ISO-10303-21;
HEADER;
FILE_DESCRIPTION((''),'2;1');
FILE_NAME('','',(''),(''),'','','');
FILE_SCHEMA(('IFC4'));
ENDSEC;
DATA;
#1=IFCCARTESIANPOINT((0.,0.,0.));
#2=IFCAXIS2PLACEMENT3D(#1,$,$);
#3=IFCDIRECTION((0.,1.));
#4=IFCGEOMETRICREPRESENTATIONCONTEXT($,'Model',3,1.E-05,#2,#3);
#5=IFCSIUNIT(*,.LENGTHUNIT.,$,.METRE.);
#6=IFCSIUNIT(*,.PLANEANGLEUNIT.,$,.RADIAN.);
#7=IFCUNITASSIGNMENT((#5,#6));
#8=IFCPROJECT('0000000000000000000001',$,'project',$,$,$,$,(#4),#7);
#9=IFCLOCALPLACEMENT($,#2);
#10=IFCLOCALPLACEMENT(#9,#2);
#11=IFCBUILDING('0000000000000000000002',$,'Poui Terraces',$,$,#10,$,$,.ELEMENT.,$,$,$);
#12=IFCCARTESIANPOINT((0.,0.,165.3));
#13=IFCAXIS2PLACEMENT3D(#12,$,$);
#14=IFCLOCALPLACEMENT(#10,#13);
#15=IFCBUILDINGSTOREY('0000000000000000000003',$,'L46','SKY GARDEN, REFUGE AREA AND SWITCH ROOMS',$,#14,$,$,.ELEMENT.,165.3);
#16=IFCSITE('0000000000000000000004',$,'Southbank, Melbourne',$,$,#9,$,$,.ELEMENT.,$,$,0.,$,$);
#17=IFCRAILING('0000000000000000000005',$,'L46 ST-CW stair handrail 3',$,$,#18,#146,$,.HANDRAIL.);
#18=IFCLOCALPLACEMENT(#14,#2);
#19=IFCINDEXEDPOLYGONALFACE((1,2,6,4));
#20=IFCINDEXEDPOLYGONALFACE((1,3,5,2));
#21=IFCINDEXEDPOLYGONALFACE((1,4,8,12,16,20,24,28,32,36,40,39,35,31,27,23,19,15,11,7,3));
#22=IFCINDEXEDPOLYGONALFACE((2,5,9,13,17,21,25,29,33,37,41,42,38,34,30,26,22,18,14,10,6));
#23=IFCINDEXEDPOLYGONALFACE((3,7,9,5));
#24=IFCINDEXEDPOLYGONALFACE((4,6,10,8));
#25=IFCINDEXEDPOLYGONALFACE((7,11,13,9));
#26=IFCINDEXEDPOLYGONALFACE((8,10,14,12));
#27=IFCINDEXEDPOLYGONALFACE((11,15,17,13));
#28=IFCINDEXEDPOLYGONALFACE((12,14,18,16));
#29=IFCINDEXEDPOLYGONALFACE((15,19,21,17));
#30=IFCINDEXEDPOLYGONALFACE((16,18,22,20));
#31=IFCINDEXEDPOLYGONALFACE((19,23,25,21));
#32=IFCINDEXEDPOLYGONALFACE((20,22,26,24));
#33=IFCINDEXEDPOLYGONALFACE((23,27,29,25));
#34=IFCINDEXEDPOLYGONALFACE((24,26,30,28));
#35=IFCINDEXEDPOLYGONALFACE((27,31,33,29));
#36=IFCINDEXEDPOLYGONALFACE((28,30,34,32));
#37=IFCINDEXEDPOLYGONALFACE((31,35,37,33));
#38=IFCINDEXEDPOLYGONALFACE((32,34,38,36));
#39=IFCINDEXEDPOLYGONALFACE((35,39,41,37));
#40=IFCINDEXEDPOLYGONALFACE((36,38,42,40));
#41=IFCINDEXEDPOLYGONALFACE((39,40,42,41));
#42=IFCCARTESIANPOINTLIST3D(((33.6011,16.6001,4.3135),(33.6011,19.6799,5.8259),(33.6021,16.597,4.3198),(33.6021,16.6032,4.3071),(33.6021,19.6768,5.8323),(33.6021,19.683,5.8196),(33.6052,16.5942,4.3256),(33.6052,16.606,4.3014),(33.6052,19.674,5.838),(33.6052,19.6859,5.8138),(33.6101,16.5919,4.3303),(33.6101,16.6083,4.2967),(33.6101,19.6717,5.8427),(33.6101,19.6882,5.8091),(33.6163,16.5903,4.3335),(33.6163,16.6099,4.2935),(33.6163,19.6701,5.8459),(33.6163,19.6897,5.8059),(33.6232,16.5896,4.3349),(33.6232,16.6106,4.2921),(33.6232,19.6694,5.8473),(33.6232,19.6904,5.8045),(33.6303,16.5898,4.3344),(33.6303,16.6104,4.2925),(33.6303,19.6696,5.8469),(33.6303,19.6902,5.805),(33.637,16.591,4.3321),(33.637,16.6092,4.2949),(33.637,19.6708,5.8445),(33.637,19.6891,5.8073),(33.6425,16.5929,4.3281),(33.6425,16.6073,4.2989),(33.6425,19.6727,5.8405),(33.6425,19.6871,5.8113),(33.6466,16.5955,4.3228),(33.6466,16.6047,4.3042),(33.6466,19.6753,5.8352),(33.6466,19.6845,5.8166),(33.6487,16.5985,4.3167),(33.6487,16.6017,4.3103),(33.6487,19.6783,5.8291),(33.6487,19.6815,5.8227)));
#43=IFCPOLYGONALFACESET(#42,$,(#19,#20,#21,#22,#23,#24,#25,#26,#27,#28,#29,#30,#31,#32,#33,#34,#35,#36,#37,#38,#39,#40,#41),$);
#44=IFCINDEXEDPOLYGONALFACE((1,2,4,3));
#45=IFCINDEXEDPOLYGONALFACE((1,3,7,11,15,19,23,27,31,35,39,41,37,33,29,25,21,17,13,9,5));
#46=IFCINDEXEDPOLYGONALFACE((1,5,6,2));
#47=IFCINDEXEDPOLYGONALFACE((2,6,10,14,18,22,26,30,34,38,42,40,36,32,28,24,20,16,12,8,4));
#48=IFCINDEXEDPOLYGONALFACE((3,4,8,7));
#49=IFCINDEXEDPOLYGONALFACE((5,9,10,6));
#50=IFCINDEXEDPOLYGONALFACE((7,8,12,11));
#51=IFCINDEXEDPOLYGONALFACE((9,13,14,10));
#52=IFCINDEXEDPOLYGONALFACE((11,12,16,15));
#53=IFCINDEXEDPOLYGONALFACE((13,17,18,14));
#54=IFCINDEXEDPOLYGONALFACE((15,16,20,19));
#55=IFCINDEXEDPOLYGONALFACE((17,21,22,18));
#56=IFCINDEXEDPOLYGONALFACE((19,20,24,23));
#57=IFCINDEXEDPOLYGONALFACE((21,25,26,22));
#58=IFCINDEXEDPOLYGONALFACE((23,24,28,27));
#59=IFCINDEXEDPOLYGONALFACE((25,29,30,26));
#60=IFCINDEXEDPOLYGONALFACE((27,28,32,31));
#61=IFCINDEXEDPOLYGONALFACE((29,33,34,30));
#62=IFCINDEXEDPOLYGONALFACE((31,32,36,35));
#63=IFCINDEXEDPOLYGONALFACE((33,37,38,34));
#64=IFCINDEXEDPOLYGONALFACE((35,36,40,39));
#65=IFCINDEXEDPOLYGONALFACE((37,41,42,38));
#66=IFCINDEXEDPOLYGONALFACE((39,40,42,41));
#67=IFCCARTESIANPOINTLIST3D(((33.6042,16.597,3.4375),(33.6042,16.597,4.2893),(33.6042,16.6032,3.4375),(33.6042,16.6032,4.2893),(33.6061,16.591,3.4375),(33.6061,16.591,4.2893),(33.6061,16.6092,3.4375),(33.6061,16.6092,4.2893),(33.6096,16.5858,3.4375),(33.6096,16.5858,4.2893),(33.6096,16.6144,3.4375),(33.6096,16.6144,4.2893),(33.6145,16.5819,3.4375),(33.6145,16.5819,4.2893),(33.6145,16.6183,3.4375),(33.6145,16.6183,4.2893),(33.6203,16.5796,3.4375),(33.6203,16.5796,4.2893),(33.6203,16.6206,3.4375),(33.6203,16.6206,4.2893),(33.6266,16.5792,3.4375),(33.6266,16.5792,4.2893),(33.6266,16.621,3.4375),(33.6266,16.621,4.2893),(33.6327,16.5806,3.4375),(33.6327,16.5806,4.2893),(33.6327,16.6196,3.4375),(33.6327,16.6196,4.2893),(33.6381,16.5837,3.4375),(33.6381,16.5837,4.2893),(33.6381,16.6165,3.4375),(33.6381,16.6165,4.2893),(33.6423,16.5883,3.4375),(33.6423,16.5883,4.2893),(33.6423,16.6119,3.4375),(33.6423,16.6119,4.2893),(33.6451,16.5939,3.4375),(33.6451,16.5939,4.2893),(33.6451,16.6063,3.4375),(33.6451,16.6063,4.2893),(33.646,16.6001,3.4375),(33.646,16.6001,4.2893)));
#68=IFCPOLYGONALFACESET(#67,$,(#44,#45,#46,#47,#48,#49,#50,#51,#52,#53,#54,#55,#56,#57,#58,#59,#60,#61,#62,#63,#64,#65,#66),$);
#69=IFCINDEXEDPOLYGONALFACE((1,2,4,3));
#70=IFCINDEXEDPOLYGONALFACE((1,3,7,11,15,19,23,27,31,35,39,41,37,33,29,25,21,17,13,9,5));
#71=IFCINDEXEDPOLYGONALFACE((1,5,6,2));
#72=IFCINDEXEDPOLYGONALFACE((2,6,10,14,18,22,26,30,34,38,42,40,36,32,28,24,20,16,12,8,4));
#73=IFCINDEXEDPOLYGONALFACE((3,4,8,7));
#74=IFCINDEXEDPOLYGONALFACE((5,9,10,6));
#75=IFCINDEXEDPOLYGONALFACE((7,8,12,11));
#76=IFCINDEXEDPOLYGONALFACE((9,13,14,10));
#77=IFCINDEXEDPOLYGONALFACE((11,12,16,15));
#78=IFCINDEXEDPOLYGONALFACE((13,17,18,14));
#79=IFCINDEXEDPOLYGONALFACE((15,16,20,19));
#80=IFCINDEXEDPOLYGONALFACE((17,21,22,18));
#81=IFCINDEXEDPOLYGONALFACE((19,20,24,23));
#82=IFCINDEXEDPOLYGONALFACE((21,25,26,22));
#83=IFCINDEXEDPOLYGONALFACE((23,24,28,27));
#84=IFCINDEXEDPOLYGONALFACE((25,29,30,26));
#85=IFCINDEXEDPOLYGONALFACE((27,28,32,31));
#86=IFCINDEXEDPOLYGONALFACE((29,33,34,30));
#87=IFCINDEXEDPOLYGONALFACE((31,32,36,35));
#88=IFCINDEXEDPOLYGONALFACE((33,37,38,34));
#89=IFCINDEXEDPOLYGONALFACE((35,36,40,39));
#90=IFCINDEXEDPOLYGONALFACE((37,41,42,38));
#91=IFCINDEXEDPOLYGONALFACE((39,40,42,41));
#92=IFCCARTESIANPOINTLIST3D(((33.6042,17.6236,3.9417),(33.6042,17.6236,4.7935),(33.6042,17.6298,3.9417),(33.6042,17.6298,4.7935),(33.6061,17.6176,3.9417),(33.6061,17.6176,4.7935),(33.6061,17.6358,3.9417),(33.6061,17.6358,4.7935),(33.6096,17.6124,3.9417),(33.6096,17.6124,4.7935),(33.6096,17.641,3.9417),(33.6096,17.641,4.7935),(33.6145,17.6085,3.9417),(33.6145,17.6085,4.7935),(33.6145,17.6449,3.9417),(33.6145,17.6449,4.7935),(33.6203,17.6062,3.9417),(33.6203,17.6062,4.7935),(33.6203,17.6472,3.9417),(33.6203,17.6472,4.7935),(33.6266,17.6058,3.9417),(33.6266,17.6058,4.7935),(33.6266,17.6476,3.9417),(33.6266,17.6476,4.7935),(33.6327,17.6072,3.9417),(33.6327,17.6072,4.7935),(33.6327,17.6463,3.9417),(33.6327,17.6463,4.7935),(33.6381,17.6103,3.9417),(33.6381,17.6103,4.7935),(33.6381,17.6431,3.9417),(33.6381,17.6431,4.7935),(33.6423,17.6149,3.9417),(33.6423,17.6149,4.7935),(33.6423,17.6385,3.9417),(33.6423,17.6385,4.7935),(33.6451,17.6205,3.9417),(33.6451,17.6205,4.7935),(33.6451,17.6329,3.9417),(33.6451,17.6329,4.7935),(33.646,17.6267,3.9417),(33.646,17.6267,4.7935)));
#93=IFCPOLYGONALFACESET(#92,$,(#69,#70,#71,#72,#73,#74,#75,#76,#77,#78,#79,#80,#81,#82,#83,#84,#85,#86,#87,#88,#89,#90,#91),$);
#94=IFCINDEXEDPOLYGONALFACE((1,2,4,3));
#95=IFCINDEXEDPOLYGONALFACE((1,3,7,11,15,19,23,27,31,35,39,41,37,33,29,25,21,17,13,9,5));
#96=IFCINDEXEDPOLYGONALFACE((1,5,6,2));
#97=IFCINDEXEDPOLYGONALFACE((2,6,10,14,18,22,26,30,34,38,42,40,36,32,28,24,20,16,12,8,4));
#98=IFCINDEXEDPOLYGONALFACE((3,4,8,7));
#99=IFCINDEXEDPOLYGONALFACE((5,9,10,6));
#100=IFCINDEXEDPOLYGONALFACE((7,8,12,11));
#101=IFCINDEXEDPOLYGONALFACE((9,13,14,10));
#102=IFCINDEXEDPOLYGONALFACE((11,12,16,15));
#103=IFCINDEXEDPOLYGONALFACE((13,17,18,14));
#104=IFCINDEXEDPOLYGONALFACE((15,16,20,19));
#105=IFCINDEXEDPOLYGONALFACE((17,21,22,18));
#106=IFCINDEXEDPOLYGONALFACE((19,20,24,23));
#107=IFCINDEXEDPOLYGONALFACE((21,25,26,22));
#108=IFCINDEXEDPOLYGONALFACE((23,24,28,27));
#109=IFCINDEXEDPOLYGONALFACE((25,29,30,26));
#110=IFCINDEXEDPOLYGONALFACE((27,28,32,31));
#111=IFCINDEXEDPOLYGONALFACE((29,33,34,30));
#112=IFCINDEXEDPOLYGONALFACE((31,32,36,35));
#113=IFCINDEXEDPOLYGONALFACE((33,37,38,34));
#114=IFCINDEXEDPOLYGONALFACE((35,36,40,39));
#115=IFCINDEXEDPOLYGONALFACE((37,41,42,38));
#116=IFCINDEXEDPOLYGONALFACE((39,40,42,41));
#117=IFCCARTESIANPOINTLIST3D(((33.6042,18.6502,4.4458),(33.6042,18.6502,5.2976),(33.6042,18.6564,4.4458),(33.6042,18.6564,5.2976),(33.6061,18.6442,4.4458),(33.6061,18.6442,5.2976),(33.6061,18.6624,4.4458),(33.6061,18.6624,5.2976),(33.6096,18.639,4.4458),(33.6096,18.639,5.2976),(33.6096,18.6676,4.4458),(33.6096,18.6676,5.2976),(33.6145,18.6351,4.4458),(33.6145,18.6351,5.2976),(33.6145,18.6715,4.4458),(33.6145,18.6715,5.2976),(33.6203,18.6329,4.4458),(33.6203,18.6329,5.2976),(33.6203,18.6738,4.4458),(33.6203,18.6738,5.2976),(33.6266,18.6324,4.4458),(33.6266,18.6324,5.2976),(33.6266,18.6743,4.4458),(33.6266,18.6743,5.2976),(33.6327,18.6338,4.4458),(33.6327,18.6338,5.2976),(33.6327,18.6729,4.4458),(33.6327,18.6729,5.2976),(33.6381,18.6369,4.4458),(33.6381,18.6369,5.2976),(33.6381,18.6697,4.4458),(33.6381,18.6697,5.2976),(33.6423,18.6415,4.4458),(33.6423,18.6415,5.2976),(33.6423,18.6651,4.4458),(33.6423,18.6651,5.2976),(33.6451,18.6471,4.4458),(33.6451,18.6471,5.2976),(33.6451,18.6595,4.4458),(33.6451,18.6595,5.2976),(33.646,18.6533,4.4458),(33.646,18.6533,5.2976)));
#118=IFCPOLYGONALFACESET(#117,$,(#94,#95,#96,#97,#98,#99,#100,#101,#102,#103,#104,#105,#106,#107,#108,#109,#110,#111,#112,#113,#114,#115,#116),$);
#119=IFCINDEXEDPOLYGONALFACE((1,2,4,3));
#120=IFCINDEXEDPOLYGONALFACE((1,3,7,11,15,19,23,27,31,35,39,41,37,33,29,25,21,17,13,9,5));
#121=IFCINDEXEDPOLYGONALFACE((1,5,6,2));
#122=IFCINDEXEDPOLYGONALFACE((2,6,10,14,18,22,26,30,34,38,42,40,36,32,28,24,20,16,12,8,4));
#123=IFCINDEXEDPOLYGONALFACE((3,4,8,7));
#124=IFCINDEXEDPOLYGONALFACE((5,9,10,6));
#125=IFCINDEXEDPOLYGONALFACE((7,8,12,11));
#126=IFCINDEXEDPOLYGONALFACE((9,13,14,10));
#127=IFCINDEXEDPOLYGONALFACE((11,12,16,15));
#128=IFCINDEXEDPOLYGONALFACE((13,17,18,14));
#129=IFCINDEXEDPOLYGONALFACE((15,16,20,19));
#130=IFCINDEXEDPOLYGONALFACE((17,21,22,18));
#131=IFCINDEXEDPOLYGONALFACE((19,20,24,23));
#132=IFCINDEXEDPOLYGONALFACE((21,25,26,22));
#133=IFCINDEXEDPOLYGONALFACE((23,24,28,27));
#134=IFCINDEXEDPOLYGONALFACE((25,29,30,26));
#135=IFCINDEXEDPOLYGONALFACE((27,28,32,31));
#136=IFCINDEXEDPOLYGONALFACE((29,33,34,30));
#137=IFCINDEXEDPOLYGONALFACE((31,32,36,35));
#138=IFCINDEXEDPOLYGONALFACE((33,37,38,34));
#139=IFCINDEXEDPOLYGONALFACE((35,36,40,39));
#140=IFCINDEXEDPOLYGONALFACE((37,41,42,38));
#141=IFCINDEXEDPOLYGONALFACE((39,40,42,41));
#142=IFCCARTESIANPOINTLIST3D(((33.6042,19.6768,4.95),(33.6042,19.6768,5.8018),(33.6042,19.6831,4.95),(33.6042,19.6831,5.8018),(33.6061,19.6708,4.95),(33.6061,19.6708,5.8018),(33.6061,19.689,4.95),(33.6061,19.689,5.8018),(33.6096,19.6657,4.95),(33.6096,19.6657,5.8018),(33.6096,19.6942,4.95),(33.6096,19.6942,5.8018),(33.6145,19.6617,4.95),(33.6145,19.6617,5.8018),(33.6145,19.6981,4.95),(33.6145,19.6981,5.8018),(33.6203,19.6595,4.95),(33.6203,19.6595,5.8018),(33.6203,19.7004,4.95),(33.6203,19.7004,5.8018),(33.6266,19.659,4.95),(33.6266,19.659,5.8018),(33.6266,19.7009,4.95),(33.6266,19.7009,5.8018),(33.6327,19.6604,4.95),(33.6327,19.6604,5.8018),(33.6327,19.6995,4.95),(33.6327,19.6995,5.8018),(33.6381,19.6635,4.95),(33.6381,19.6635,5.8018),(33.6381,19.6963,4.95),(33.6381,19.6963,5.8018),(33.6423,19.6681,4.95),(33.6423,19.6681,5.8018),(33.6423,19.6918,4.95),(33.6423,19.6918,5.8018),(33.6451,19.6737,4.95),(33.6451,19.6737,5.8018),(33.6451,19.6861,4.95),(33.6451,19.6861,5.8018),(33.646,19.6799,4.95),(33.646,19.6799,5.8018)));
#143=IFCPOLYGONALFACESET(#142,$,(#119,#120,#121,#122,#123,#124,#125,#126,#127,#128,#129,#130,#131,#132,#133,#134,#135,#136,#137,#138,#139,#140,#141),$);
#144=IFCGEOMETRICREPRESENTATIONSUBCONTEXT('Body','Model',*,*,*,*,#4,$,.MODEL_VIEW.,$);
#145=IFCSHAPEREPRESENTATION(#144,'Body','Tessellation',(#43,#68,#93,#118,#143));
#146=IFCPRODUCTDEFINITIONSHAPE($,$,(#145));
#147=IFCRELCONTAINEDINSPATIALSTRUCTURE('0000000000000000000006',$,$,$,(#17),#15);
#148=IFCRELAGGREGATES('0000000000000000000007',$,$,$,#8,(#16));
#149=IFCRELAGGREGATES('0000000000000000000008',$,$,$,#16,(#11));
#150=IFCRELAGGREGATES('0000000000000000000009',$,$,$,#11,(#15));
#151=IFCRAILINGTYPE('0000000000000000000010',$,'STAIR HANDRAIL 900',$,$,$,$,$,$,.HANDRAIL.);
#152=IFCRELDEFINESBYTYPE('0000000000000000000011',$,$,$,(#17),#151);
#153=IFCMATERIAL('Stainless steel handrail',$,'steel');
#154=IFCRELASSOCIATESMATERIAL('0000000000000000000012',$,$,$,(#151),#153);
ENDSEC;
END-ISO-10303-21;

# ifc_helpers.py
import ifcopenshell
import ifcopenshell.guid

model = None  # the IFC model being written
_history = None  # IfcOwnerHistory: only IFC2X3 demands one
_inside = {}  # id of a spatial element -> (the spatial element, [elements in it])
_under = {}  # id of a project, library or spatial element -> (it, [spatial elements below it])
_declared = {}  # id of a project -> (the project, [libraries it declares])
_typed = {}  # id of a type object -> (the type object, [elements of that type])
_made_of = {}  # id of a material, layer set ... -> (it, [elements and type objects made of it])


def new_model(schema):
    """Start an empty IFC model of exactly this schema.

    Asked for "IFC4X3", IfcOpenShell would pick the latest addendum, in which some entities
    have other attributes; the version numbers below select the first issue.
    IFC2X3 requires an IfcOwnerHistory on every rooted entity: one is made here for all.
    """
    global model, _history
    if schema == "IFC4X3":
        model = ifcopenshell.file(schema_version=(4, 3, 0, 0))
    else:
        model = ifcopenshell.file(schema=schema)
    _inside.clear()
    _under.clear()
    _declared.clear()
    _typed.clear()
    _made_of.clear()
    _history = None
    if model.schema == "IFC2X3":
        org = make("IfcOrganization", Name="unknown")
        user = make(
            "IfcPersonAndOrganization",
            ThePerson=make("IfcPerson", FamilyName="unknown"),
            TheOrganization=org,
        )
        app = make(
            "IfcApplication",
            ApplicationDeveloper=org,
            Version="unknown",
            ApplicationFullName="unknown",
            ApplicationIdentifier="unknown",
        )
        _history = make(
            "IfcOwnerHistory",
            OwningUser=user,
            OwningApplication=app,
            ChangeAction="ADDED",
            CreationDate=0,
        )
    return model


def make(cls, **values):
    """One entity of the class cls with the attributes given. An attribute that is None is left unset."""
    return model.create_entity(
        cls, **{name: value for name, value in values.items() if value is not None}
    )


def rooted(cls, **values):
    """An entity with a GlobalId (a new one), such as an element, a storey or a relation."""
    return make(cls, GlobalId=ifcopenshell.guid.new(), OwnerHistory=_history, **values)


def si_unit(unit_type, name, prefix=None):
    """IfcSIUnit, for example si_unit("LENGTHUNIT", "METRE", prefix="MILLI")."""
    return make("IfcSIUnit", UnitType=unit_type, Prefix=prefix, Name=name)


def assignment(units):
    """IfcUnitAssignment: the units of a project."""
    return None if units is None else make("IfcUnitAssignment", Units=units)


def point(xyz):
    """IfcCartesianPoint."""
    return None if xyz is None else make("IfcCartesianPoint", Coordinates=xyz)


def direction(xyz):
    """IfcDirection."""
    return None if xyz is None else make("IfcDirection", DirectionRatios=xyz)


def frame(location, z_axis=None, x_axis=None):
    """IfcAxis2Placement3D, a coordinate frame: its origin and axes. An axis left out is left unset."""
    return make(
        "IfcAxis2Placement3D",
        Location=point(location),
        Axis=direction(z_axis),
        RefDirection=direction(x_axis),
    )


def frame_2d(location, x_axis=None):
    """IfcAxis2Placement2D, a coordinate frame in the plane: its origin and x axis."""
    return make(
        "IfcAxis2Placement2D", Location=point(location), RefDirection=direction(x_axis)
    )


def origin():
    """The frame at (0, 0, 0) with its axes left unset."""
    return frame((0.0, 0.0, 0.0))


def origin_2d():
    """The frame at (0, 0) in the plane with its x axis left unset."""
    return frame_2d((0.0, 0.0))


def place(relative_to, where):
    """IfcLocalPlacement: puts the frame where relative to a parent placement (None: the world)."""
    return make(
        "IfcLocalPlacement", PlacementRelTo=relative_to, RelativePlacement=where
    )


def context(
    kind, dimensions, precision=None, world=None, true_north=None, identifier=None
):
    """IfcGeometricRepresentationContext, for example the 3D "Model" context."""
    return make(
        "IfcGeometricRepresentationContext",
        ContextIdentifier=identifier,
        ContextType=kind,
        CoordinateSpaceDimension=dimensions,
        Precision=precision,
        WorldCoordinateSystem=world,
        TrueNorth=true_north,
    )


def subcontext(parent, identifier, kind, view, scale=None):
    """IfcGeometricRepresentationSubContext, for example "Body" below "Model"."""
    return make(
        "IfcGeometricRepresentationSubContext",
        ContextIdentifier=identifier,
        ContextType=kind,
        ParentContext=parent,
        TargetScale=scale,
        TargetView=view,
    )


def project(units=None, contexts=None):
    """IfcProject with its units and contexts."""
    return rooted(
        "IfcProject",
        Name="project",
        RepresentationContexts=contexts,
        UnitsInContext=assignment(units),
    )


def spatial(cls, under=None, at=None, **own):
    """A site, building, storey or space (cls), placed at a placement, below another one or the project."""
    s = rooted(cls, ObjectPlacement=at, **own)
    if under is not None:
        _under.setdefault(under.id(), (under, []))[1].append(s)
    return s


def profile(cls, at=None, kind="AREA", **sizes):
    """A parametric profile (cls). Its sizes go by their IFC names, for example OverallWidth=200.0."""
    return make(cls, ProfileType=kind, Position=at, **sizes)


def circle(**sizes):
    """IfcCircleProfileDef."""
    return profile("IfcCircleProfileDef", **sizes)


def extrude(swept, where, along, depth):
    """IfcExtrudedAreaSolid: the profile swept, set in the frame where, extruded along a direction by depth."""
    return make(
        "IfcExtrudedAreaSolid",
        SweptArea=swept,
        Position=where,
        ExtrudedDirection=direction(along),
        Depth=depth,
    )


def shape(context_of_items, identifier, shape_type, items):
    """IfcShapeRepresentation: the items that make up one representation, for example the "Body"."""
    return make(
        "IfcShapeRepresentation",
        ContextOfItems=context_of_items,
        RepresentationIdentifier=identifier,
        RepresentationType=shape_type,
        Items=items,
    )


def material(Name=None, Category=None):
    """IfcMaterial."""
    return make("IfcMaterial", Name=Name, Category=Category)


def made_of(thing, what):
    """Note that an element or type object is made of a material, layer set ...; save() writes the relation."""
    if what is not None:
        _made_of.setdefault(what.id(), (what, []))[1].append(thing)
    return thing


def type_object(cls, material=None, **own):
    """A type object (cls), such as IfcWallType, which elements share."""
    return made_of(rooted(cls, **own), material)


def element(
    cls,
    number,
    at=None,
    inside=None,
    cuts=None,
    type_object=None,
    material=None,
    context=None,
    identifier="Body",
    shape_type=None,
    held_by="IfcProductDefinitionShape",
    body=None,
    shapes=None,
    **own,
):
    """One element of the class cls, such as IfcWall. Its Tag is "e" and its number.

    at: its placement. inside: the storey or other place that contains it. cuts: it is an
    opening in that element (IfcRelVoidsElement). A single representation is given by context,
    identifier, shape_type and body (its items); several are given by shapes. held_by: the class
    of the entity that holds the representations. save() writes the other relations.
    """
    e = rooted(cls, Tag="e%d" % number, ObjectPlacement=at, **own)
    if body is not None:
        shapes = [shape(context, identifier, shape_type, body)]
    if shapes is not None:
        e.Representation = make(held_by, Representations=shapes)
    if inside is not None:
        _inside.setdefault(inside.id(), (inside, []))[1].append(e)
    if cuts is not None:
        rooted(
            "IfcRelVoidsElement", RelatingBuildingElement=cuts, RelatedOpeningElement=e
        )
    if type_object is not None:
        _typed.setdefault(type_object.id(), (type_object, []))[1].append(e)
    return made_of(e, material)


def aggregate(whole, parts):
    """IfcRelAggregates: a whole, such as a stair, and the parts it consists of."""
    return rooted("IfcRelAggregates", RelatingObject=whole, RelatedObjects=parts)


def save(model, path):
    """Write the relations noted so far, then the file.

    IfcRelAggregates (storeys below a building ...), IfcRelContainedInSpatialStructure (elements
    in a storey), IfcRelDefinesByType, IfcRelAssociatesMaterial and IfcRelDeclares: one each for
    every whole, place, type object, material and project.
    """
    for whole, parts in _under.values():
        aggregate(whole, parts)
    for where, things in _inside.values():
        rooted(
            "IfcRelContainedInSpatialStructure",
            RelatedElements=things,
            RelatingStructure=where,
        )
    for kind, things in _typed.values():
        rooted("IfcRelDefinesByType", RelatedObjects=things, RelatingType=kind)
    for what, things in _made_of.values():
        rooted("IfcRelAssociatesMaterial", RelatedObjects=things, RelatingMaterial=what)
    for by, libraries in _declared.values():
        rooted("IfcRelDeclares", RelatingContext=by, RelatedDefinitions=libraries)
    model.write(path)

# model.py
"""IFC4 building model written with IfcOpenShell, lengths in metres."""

from ifc_helpers import new_model, si_unit, direction, frame, origin, origin_2d, place, context, subcontext, project, spatial, circle, extrude, material, type_object, element, save


model = new_model("IFC4")

# Units and contexts
model_context = context("Model", 3, precision=1e-05, world=origin(), true_north=direction((0.0, 1.0)))
body_context = subcontext(model_context, "Body", "Model", "MODEL_VIEW")
ifc_project = project(units=[si_unit("LENGTHUNIT", "METRE"), si_unit("PLANEANGLEUNIT", "RADIAN")], contexts=[model_context])

# Site, building, storey
site_placement = place(None, origin())
site = spatial("IfcSite", under=ifc_project, at=site_placement, Name="Southbank, Melbourne", CompositionType="ELEMENT", RefElevation=0.0)
building_placement = place(site_placement, origin())
building = spatial("IfcBuilding", under=site, at=building_placement, Name="Poui Terraces", CompositionType="ELEMENT")
storey_placement = place(building_placement, frame((0.0, 0.0, 165.3)))
storey = spatial("IfcBuildingStorey", under=building, at=storey_placement, Name="L46", Description="SKY GARDEN, REFUGE AREA AND SWITCH ROOMS", CompositionType="ELEMENT", Elevation=165.3)

# Railing
ifc_material_1 = material(Name="Stainless steel handrail", Category="steel")
railing_type = type_object("IfcRailingType", Name="STAIR HANDRAIL 900", PredefinedType="HANDRAIL", material=ifc_material_1)
for number, where, name in (
    (1, (33.625, 16.6001, 3.4375), "L46 ST-CW stair handrail 3"),
):
    element("IfcRailing", number, at=place(storey_placement, frame(where)), inside=storey, type_object=railing_type, Name=name, PredefinedType="HANDRAIL", context=body_context, shape_type="SweptSolid", body=[
        extrude(circle(Radius=0.0239, at=origin_2d()), frame((0.0, 0.0, 0.876), z_axis=(0.0, 0.897606, 0.440798), x_axis=(-1.0, 0.0, 0.0)), (0.0, 0.0, 1.0), 3.4312),
        extrude(circle(Radius=0.021, at=origin_2d()), origin(), (0.0, 0.0, 1.0), 0.8518),
        extrude(circle(Radius=0.021, at=origin_2d()), frame((0.0, 1.0266, 0.5042)), (0.0, 0.0, 1.0), 0.8518),
        extrude(circle(Radius=0.021, at=origin_2d()), frame((0.0, 2.0532, 1.0083)), (0.0, 0.0, 1.0), 0.8518),
        extrude(circle(Radius=0.021, at=origin_2d()), frame((0.0, 3.0798, 1.5125)), (0.0, 0.0, 1.0), 0.8518),
    ])

save(model, "model.ifc")
